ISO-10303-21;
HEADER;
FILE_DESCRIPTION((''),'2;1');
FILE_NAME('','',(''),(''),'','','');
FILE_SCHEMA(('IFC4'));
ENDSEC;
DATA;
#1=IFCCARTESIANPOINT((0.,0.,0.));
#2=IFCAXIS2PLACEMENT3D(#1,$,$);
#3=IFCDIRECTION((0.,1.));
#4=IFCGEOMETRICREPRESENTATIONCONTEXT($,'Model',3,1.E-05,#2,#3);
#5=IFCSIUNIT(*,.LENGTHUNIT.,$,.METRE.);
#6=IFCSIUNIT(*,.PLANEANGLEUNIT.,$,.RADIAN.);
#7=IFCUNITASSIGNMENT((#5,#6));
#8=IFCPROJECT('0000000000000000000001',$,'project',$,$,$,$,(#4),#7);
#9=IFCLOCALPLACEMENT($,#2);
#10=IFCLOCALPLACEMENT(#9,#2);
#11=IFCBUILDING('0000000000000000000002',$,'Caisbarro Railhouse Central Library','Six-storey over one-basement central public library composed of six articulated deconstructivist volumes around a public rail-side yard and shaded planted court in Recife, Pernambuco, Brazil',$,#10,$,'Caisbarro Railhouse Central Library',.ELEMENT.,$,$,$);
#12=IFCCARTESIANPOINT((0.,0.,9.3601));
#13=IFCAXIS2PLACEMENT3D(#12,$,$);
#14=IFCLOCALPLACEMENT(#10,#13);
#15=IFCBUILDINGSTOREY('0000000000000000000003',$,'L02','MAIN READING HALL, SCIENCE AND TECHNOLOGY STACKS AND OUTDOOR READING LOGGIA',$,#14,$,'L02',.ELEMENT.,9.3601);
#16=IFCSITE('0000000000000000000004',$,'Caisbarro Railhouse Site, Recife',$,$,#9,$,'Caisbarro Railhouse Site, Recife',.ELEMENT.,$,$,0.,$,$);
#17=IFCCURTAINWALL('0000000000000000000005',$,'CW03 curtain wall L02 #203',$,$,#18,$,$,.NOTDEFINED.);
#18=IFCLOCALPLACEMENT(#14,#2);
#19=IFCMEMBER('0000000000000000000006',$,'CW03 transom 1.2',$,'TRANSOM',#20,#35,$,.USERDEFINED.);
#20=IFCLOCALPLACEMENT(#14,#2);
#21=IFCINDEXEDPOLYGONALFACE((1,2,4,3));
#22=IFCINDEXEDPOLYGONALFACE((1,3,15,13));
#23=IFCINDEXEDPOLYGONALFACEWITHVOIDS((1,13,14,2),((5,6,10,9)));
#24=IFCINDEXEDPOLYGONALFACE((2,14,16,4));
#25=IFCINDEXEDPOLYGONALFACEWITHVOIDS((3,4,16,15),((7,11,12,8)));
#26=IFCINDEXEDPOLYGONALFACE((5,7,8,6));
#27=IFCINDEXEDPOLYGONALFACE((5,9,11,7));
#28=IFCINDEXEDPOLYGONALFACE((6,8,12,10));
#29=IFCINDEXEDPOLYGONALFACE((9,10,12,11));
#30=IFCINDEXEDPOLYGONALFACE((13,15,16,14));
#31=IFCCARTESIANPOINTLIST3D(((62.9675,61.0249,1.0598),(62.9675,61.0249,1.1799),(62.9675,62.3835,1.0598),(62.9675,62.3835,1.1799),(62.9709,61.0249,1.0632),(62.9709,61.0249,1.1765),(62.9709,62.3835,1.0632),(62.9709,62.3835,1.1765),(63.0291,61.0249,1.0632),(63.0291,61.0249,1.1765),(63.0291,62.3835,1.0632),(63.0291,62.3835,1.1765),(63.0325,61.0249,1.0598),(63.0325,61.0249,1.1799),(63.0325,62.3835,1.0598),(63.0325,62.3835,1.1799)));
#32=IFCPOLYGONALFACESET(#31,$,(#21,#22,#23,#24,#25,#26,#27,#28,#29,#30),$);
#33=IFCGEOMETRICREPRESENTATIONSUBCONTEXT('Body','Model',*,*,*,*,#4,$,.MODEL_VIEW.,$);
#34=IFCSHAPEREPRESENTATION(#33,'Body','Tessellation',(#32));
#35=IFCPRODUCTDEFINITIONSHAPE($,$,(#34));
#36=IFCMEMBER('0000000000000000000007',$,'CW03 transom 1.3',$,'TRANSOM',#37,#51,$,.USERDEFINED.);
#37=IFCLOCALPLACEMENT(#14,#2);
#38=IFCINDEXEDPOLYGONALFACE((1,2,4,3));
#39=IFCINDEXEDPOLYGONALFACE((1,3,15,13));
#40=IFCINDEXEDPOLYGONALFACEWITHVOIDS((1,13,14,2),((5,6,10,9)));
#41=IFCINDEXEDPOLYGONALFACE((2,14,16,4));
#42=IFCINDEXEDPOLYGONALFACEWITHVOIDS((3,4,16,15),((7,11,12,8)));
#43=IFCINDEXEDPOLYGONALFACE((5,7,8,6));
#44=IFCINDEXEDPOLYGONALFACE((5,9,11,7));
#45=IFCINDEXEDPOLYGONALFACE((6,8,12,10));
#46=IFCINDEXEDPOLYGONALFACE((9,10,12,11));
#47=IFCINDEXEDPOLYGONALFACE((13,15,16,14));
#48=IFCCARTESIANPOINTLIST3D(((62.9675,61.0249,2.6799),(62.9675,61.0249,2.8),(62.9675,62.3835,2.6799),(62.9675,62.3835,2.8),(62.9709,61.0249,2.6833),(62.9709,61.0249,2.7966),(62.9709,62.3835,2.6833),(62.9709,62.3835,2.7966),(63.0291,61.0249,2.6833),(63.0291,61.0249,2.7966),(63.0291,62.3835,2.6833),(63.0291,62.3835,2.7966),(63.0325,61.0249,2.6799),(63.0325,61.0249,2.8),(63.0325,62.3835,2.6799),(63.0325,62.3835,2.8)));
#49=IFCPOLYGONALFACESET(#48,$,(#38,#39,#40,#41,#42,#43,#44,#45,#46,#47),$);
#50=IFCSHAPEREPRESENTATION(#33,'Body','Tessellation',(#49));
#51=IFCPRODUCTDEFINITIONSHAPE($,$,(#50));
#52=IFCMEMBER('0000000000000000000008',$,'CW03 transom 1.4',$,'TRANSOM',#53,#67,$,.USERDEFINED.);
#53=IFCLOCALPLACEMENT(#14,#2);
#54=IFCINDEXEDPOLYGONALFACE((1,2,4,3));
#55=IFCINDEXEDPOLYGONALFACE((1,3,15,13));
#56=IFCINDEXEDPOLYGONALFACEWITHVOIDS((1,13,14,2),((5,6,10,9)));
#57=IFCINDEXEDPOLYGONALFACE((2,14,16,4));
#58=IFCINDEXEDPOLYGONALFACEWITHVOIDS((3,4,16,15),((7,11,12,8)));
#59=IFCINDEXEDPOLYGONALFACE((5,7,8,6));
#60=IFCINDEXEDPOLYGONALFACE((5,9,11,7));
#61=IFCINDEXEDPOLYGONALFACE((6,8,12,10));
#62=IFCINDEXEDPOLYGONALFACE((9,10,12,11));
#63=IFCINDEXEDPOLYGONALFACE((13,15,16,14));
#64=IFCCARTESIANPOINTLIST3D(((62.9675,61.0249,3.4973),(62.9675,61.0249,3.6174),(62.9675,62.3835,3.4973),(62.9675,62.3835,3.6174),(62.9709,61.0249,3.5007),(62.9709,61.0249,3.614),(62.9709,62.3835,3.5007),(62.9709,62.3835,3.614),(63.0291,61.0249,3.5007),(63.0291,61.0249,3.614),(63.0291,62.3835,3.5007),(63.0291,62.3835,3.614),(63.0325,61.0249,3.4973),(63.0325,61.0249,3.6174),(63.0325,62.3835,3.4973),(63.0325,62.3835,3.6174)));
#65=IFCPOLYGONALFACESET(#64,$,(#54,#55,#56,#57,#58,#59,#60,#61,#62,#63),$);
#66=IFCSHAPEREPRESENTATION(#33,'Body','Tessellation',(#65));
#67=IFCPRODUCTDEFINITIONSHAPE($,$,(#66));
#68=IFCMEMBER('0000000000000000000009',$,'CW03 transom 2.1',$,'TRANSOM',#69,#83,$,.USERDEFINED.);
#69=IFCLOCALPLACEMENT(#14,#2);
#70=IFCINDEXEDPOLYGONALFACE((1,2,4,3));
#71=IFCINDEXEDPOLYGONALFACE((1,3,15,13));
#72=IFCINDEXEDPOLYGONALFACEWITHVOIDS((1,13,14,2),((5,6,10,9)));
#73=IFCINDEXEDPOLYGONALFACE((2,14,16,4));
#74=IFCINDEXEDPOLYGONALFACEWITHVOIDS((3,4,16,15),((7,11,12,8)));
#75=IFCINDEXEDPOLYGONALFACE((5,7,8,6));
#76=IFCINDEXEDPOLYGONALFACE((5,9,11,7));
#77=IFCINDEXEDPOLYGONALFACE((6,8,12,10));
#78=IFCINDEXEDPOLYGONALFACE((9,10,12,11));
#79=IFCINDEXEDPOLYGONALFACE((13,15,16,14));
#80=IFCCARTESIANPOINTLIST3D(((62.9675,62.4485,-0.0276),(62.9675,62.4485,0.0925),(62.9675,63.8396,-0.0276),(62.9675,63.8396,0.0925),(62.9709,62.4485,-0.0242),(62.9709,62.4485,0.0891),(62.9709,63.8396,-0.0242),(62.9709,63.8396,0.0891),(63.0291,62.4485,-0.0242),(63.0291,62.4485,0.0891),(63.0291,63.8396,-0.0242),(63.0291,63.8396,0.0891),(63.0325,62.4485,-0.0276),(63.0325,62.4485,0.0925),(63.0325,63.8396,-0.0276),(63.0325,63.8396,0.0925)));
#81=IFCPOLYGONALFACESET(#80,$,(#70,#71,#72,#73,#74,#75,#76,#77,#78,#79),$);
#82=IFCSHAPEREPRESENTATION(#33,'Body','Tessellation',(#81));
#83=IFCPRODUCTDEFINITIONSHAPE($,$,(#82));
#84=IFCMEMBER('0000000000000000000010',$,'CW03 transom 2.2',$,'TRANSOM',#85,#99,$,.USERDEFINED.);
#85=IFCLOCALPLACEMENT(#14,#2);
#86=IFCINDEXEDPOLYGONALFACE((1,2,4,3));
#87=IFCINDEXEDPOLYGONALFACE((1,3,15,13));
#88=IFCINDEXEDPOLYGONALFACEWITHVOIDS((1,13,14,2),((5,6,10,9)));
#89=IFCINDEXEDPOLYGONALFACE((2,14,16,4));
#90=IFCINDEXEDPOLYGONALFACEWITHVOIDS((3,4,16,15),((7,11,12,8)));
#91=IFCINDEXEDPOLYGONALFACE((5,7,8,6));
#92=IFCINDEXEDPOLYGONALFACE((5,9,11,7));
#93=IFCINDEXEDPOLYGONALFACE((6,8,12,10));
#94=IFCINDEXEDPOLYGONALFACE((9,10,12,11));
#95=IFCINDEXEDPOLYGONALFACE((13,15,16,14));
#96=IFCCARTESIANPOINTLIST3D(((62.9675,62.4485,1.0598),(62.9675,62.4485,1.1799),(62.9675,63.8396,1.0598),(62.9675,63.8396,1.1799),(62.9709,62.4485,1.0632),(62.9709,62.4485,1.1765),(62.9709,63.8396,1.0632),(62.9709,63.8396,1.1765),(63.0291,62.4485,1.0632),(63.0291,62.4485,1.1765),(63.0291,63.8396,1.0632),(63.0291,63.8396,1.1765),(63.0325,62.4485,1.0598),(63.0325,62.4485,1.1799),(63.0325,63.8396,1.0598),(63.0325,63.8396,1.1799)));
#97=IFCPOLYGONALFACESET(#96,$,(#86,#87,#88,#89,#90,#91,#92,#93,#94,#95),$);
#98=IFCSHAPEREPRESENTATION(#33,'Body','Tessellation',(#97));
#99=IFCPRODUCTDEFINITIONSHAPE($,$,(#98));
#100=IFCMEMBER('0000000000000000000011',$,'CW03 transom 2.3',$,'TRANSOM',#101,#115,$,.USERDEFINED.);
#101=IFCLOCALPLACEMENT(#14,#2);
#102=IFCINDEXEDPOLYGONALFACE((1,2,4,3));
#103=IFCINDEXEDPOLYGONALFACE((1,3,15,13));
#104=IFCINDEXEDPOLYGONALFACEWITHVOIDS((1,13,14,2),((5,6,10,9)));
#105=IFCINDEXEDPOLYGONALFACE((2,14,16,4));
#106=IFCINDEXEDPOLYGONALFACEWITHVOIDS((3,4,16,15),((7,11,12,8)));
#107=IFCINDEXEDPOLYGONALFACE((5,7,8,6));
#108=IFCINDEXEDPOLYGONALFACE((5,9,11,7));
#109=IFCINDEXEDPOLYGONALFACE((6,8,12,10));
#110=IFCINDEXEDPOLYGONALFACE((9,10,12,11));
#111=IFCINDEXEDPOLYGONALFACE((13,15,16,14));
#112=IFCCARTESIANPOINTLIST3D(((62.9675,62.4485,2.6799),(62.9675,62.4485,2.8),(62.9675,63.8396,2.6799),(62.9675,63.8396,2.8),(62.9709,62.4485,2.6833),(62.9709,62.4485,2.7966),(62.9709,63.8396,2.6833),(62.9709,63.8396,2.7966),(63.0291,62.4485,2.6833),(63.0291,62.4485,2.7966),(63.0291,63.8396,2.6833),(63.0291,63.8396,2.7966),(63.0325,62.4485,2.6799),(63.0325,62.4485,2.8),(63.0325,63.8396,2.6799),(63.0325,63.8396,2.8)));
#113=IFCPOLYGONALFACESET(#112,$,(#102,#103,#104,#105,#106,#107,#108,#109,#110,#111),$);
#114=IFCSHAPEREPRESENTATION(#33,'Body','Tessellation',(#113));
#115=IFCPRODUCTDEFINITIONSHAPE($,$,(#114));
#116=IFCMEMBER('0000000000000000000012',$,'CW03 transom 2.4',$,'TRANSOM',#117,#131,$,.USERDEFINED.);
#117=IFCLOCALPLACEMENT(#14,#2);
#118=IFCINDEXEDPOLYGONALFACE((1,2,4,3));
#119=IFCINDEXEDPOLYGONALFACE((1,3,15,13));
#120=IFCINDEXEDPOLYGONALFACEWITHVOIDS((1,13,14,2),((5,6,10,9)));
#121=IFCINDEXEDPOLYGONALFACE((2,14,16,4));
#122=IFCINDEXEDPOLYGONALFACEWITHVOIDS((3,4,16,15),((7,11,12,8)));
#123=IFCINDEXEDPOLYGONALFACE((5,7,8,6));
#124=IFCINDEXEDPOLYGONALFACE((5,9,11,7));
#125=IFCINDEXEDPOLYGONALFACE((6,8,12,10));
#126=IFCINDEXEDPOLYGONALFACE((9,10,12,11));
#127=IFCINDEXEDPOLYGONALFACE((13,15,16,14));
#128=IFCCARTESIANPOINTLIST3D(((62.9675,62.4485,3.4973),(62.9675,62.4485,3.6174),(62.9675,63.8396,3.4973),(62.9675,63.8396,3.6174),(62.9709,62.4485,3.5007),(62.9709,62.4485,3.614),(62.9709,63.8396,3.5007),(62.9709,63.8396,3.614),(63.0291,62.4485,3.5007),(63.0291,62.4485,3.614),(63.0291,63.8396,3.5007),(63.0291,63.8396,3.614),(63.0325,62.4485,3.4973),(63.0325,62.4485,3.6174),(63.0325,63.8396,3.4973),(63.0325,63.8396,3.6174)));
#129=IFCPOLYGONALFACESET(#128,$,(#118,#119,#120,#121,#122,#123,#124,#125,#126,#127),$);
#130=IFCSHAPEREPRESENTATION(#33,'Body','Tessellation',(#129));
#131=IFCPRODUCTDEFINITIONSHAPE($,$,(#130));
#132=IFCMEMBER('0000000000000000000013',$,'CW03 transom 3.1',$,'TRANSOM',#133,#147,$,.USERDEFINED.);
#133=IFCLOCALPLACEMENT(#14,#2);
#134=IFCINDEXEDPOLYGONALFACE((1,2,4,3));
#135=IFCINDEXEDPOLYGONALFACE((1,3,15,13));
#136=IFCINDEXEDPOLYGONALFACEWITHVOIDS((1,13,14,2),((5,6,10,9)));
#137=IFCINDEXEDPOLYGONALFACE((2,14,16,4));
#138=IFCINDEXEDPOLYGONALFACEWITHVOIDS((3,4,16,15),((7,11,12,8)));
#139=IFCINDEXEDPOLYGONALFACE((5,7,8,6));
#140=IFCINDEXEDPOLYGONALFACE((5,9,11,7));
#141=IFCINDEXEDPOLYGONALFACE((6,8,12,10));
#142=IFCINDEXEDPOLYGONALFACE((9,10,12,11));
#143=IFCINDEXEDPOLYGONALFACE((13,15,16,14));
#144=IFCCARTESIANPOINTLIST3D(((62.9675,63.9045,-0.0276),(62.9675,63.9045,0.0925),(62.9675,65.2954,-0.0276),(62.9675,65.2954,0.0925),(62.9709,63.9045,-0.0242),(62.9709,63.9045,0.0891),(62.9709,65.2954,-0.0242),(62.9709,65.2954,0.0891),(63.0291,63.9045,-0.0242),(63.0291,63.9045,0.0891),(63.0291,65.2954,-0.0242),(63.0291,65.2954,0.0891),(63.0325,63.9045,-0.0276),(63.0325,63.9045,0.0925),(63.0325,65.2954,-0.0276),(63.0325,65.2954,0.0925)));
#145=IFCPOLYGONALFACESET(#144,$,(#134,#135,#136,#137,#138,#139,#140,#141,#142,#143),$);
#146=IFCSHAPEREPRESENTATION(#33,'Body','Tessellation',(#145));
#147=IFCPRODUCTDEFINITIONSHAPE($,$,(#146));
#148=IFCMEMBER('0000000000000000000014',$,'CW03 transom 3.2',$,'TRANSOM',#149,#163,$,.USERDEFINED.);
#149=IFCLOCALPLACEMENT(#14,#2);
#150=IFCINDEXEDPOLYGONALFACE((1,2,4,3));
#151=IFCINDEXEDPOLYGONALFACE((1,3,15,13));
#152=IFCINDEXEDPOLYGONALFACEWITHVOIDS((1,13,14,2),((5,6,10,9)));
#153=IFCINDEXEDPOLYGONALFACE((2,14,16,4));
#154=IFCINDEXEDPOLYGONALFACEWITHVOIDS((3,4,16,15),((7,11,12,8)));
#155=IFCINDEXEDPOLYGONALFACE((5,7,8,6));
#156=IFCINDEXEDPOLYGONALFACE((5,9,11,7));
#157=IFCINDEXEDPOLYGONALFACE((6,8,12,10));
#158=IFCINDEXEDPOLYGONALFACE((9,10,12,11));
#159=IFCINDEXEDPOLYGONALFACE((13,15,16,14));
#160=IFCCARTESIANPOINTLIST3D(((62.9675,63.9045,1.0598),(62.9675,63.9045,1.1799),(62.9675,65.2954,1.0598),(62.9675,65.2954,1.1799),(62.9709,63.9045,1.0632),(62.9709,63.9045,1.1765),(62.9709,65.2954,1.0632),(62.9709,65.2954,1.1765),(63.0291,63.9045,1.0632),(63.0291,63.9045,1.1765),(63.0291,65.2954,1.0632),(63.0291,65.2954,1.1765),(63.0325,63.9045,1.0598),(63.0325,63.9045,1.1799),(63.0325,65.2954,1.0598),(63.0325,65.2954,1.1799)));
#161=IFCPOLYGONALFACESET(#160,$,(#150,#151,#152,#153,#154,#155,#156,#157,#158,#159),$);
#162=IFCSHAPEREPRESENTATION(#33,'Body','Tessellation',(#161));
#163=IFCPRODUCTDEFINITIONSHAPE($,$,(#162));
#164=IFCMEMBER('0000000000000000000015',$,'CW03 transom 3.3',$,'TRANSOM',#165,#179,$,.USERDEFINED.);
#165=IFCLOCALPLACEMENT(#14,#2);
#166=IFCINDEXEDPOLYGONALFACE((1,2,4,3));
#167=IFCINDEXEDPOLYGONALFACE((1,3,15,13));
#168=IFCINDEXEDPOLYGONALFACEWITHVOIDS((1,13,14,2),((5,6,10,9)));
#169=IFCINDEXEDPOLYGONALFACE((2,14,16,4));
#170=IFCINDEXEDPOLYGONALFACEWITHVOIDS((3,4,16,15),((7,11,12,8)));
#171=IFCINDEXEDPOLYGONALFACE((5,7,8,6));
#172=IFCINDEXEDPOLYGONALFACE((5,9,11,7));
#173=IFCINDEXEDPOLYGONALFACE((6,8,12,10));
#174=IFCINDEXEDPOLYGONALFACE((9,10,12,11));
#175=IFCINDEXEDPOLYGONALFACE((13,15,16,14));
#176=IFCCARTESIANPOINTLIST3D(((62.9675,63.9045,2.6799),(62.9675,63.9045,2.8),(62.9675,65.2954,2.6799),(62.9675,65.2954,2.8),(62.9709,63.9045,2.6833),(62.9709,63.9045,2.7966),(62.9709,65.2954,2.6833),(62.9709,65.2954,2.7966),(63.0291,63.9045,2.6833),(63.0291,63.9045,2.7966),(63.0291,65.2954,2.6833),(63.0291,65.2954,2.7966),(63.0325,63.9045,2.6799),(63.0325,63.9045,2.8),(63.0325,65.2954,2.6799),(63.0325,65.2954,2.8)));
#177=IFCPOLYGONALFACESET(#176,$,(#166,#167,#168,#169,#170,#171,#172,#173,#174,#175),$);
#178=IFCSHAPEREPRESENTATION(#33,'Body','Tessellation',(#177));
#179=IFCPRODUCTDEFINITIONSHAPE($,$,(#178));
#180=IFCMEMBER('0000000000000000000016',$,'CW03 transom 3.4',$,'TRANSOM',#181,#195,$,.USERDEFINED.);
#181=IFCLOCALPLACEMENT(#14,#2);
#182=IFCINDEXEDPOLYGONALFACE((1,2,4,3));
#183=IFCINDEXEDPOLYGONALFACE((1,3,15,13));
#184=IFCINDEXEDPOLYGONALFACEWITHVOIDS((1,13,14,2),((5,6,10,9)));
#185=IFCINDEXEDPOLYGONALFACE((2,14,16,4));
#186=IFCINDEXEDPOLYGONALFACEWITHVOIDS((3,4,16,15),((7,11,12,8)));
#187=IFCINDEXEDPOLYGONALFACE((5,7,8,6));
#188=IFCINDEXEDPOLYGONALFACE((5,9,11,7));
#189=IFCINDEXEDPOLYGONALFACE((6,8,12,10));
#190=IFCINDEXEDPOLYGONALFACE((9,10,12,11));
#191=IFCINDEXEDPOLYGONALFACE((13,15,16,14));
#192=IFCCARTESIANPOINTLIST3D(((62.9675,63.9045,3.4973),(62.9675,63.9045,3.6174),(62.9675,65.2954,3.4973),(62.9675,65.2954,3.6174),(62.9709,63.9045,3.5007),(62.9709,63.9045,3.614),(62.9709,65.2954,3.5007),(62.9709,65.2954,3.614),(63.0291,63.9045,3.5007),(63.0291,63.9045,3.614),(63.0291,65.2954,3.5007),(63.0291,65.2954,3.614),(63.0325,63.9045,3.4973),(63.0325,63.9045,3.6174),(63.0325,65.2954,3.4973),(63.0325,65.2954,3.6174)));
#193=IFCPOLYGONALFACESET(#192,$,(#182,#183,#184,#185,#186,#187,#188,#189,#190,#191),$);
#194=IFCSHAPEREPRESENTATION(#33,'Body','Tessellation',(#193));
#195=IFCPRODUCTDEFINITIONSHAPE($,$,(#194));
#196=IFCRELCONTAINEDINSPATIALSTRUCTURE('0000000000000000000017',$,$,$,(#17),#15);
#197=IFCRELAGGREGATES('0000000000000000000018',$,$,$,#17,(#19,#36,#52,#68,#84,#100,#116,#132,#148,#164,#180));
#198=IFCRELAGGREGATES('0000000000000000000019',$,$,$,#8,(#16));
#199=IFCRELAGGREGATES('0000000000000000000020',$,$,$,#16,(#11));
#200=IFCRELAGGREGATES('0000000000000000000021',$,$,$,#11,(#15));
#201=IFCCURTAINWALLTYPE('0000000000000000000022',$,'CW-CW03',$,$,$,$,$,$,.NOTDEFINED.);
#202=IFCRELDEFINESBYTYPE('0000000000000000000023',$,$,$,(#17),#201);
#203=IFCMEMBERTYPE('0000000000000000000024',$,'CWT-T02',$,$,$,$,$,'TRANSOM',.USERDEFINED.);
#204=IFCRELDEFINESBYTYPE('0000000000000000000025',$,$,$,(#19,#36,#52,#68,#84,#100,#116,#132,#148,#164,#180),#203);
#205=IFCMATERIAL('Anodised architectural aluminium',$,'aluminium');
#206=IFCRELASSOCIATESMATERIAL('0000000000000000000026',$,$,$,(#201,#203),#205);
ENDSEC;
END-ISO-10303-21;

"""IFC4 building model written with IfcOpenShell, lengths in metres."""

from ifc_helpers import new_model, si_unit, direction, frame, origin, origin_2d, place, context, subcontext, project, spatial, hollow_rectangle, extrude, material, material_profile, profile_set, type_object, element, aggregate, save


model = new_model("IFC4")

# Units and contexts
model_context = context("Model", 3, precision=1e-05, world=origin(), true_north=direction((0.0, 1.0)))
body_context = subcontext(model_context, "Body", "Model", "MODEL_VIEW")
ifc_project = project(units=[si_unit("LENGTHUNIT", "METRE"), si_unit("PLANEANGLEUNIT", "RADIAN")], contexts=[model_context])

# Site, building, storey
site_placement = place(None, origin())
site = spatial("IfcSite", under=ifc_project, at=site_placement, Name="Caisbarro Railhouse Site, Recife", LongName="Caisbarro Railhouse Site, Recife", CompositionType="ELEMENT", RefElevation=0.0)
building_placement = place(site_placement, origin())
building = spatial("IfcBuilding", under=site, at=building_placement, Name="Caisbarro Railhouse Central Library", Description="Six-storey over one-basement central public library composed of six articulated deconstructivist volumes around a public rail-side yard and shaded planted court in Recife, Pernambuco, Brazil", LongName="Caisbarro Railhouse Central Library", CompositionType="ELEMENT")
storey_placement = place(building_placement, frame((0.0, 0.0, 9.3601)))
storey = spatial("IfcBuildingStorey", under=building, at=storey_placement, Name="L02", Description="MAIN READING HALL, SCIENCE AND TECHNOLOGY STACKS AND OUTDOOR READING LOGGIA", LongName="L02", CompositionType="ELEMENT", Elevation=9.3601)

# Curtain wall, members
ifc_material_1 = material(Name="Anodised architectural aluminium", Category="aluminium")
curtain_wall_type = type_object("IfcCurtainWallType", Name="CW-CW03", PredefinedType="NOTDEFINED", material=ifc_material_1)
curtain_wall_placement = place(storey_placement, origin())
curtain_wall = element("IfcCurtainWall", 1, at=curtain_wall_placement, inside=storey, type_object=curtain_wall_type, Name="CW03 curtain wall L02 #203", PredefinedType="NOTDEFINED")
ifc_material_profile_1 = material_profile(ifc_material_1, hollow_rectangle(XDim=0.0649, YDim=0.1201, WallThickness=0.0034, at=origin_2d()), Name="ALU-TRN-65X120")
ifc_profile_set_1 = profile_set([ifc_material_profile_1], Name="Anodised architectural aluminium")
member_type_1 = type_object("IfcMemberType", Name="CWT-T02", ElementType="TRANSOM", PredefinedType="USERDEFINED", material=ifc_profile_set_1)
member_1_placement = place(storey_placement, frame((63.0, 61.0249, 1.1199), z_axis=(0.0, 1.0, 0.0), x_axis=(-1.0, 0.0, 0.0)))
member_1 = element("IfcMember", 2, at=member_1_placement, type_object=member_type_1, Name="CW03 transom 1.2", ObjectType="TRANSOM", PredefinedType="USERDEFINED", context=body_context, shape_type="SweptSolid", body=[
    extrude(hollow_rectangle(XDim=0.0649, YDim=0.1201, WallThickness=0.0034, at=origin_2d()), origin(), (0.0, 0.0, 1.0), 1.3586),
])
member_2_placement = place(storey_placement, frame((63.0, 61.0249, 2.74), z_axis=(0.0, 1.0, 0.0), x_axis=(-1.0, 0.0, 0.0)))
member_2 = element("IfcMember", 3, at=member_2_placement, type_object=member_type_1, Name="CW03 transom 1.3", ObjectType="TRANSOM", PredefinedType="USERDEFINED", context=body_context, shape_type="SweptSolid", body=[
    extrude(hollow_rectangle(XDim=0.0649, YDim=0.1201, WallThickness=0.0034, at=origin_2d()), origin(), (0.0, 0.0, 1.0), 1.3586),
])
member_3_placement = place(storey_placement, frame((63.0, 61.0249, 3.5574), z_axis=(0.0, 1.0, 0.0), x_axis=(-1.0, 0.0, 0.0)))
member_3 = element("IfcMember", 4, at=member_3_placement, type_object=member_type_1, Name="CW03 transom 1.4", ObjectType="TRANSOM", PredefinedType="USERDEFINED", context=body_context, shape_type="SweptSolid", body=[
    extrude(hollow_rectangle(XDim=0.0649, YDim=0.1201, WallThickness=0.0034, at=origin_2d()), origin(), (0.0, 0.0, 1.0), 1.3586),
])
member_4_placement = place(storey_placement, frame((63.0, 62.4485, 0.0325), z_axis=(0.0, 1.0, 0.0), x_axis=(-1.0, 0.0, 0.0)))
member_4 = element("IfcMember", 5, at=member_4_placement, type_object=member_type_1, Name="CW03 transom 2.1", ObjectType="TRANSOM", PredefinedType="USERDEFINED", context=body_context, shape_type="SweptSolid", body=[
    extrude(hollow_rectangle(XDim=0.0649, YDim=0.1201, WallThickness=0.0034, at=origin_2d()), origin(), (0.0, 0.0, 1.0), 1.3911),
])
member_5_placement = place(storey_placement, frame((63.0, 62.4485, 1.1199), z_axis=(0.0, 1.0, 0.0), x_axis=(-1.0, 0.0, 0.0)))
member_5 = element("IfcMember", 6, at=member_5_placement, type_object=member_type_1, Name="CW03 transom 2.2", ObjectType="TRANSOM", PredefinedType="USERDEFINED", context=body_context, shape_type="SweptSolid", body=[
    extrude(hollow_rectangle(XDim=0.0649, YDim=0.1201, WallThickness=0.0034, at=origin_2d()), origin(), (0.0, 0.0, 1.0), 1.3911),
])
member_6_placement = place(storey_placement, frame((63.0, 62.4485, 2.74), z_axis=(0.0, 1.0, 0.0), x_axis=(-1.0, 0.0, 0.0)))
member_6 = element("IfcMember", 7, at=member_6_placement, type_object=member_type_1, Name="CW03 transom 2.3", ObjectType="TRANSOM", PredefinedType="USERDEFINED", context=body_context, shape_type="SweptSolid", body=[
    extrude(hollow_rectangle(XDim=0.0649, YDim=0.1201, WallThickness=0.0034, at=origin_2d()), origin(), (0.0, 0.0, 1.0), 1.3911),
])
member_7_placement = place(storey_placement, frame((63.0, 62.4485, 3.5574), z_axis=(0.0, 1.0, 0.0), x_axis=(-1.0, 0.0, 0.0)))
member_7 = element("IfcMember", 8, at=member_7_placement, type_object=member_type_1, Name="CW03 transom 2.4", ObjectType="TRANSOM", PredefinedType="USERDEFINED", context=body_context, shape_type="SweptSolid", body=[
    extrude(hollow_rectangle(XDim=0.0649, YDim=0.1201, WallThickness=0.0034, at=origin_2d()), origin(), (0.0, 0.0, 1.0), 1.3911),
])
member_8_placement = place(storey_placement, frame((63.0, 63.9045, 0.0325), z_axis=(0.0, 1.0, 0.0), x_axis=(-1.0, 0.0, 0.0)))
member_8 = element("IfcMember", 9, at=member_8_placement, type_object=member_type_1, Name="CW03 transom 3.1", ObjectType="TRANSOM", PredefinedType="USERDEFINED", context=body_context, shape_type="SweptSolid", body=[
    extrude(hollow_rectangle(XDim=0.0649, YDim=0.1201, WallThickness=0.0034, at=origin_2d()), origin(), (0.0, 0.0, 1.0), 1.3909),
])
member_9_placement = place(storey_placement, frame((63.0, 63.9045, 1.1199), z_axis=(0.0, 1.0, 0.0), x_axis=(-1.0, 0.0, 0.0)))
member_9 = element("IfcMember", 10, at=member_9_placement, type_object=member_type_1, Name="CW03 transom 3.2", ObjectType="TRANSOM", PredefinedType="USERDEFINED", context=body_context, shape_type="SweptSolid", body=[
    extrude(hollow_rectangle(XDim=0.0649, YDim=0.1201, WallThickness=0.0034, at=origin_2d()), origin(), (0.0, 0.0, 1.0), 1.3909),
])
member_10_placement = place(storey_placement, frame((63.0, 63.9045, 2.74), z_axis=(0.0, 1.0, 0.0), x_axis=(-1.0, 0.0, 0.0)))
member_10 = element("IfcMember", 11, at=member_10_placement, type_object=member_type_1, Name="CW03 transom 3.3", ObjectType="TRANSOM", PredefinedType="USERDEFINED", context=body_context, shape_type="SweptSolid", body=[
    extrude(hollow_rectangle(XDim=0.0649, YDim=0.1201, WallThickness=0.0034, at=origin_2d()), origin(), (0.0, 0.0, 1.0), 1.3909),
])
member_11_placement = place(storey_placement, frame((63.0, 63.9045, 3.5574), z_axis=(0.0, 1.0, 0.0), x_axis=(-1.0, 0.0, 0.0)))
member_11 = element("IfcMember", 12, at=member_11_placement, type_object=member_type_1, Name="CW03 transom 3.4", ObjectType="TRANSOM", PredefinedType="USERDEFINED", context=body_context, shape_type="SweptSolid", body=[
    extrude(hollow_rectangle(XDim=0.0649, YDim=0.1201, WallThickness=0.0034, at=origin_2d()), origin(), (0.0, 0.0, 1.0), 1.3909),
])
aggregate(curtain_wall, [member_1, member_2, member_3, member_4, member_5, member_6, member_7, member_8, member_9, member_10, member_11])

save(model, "model.ifc")
